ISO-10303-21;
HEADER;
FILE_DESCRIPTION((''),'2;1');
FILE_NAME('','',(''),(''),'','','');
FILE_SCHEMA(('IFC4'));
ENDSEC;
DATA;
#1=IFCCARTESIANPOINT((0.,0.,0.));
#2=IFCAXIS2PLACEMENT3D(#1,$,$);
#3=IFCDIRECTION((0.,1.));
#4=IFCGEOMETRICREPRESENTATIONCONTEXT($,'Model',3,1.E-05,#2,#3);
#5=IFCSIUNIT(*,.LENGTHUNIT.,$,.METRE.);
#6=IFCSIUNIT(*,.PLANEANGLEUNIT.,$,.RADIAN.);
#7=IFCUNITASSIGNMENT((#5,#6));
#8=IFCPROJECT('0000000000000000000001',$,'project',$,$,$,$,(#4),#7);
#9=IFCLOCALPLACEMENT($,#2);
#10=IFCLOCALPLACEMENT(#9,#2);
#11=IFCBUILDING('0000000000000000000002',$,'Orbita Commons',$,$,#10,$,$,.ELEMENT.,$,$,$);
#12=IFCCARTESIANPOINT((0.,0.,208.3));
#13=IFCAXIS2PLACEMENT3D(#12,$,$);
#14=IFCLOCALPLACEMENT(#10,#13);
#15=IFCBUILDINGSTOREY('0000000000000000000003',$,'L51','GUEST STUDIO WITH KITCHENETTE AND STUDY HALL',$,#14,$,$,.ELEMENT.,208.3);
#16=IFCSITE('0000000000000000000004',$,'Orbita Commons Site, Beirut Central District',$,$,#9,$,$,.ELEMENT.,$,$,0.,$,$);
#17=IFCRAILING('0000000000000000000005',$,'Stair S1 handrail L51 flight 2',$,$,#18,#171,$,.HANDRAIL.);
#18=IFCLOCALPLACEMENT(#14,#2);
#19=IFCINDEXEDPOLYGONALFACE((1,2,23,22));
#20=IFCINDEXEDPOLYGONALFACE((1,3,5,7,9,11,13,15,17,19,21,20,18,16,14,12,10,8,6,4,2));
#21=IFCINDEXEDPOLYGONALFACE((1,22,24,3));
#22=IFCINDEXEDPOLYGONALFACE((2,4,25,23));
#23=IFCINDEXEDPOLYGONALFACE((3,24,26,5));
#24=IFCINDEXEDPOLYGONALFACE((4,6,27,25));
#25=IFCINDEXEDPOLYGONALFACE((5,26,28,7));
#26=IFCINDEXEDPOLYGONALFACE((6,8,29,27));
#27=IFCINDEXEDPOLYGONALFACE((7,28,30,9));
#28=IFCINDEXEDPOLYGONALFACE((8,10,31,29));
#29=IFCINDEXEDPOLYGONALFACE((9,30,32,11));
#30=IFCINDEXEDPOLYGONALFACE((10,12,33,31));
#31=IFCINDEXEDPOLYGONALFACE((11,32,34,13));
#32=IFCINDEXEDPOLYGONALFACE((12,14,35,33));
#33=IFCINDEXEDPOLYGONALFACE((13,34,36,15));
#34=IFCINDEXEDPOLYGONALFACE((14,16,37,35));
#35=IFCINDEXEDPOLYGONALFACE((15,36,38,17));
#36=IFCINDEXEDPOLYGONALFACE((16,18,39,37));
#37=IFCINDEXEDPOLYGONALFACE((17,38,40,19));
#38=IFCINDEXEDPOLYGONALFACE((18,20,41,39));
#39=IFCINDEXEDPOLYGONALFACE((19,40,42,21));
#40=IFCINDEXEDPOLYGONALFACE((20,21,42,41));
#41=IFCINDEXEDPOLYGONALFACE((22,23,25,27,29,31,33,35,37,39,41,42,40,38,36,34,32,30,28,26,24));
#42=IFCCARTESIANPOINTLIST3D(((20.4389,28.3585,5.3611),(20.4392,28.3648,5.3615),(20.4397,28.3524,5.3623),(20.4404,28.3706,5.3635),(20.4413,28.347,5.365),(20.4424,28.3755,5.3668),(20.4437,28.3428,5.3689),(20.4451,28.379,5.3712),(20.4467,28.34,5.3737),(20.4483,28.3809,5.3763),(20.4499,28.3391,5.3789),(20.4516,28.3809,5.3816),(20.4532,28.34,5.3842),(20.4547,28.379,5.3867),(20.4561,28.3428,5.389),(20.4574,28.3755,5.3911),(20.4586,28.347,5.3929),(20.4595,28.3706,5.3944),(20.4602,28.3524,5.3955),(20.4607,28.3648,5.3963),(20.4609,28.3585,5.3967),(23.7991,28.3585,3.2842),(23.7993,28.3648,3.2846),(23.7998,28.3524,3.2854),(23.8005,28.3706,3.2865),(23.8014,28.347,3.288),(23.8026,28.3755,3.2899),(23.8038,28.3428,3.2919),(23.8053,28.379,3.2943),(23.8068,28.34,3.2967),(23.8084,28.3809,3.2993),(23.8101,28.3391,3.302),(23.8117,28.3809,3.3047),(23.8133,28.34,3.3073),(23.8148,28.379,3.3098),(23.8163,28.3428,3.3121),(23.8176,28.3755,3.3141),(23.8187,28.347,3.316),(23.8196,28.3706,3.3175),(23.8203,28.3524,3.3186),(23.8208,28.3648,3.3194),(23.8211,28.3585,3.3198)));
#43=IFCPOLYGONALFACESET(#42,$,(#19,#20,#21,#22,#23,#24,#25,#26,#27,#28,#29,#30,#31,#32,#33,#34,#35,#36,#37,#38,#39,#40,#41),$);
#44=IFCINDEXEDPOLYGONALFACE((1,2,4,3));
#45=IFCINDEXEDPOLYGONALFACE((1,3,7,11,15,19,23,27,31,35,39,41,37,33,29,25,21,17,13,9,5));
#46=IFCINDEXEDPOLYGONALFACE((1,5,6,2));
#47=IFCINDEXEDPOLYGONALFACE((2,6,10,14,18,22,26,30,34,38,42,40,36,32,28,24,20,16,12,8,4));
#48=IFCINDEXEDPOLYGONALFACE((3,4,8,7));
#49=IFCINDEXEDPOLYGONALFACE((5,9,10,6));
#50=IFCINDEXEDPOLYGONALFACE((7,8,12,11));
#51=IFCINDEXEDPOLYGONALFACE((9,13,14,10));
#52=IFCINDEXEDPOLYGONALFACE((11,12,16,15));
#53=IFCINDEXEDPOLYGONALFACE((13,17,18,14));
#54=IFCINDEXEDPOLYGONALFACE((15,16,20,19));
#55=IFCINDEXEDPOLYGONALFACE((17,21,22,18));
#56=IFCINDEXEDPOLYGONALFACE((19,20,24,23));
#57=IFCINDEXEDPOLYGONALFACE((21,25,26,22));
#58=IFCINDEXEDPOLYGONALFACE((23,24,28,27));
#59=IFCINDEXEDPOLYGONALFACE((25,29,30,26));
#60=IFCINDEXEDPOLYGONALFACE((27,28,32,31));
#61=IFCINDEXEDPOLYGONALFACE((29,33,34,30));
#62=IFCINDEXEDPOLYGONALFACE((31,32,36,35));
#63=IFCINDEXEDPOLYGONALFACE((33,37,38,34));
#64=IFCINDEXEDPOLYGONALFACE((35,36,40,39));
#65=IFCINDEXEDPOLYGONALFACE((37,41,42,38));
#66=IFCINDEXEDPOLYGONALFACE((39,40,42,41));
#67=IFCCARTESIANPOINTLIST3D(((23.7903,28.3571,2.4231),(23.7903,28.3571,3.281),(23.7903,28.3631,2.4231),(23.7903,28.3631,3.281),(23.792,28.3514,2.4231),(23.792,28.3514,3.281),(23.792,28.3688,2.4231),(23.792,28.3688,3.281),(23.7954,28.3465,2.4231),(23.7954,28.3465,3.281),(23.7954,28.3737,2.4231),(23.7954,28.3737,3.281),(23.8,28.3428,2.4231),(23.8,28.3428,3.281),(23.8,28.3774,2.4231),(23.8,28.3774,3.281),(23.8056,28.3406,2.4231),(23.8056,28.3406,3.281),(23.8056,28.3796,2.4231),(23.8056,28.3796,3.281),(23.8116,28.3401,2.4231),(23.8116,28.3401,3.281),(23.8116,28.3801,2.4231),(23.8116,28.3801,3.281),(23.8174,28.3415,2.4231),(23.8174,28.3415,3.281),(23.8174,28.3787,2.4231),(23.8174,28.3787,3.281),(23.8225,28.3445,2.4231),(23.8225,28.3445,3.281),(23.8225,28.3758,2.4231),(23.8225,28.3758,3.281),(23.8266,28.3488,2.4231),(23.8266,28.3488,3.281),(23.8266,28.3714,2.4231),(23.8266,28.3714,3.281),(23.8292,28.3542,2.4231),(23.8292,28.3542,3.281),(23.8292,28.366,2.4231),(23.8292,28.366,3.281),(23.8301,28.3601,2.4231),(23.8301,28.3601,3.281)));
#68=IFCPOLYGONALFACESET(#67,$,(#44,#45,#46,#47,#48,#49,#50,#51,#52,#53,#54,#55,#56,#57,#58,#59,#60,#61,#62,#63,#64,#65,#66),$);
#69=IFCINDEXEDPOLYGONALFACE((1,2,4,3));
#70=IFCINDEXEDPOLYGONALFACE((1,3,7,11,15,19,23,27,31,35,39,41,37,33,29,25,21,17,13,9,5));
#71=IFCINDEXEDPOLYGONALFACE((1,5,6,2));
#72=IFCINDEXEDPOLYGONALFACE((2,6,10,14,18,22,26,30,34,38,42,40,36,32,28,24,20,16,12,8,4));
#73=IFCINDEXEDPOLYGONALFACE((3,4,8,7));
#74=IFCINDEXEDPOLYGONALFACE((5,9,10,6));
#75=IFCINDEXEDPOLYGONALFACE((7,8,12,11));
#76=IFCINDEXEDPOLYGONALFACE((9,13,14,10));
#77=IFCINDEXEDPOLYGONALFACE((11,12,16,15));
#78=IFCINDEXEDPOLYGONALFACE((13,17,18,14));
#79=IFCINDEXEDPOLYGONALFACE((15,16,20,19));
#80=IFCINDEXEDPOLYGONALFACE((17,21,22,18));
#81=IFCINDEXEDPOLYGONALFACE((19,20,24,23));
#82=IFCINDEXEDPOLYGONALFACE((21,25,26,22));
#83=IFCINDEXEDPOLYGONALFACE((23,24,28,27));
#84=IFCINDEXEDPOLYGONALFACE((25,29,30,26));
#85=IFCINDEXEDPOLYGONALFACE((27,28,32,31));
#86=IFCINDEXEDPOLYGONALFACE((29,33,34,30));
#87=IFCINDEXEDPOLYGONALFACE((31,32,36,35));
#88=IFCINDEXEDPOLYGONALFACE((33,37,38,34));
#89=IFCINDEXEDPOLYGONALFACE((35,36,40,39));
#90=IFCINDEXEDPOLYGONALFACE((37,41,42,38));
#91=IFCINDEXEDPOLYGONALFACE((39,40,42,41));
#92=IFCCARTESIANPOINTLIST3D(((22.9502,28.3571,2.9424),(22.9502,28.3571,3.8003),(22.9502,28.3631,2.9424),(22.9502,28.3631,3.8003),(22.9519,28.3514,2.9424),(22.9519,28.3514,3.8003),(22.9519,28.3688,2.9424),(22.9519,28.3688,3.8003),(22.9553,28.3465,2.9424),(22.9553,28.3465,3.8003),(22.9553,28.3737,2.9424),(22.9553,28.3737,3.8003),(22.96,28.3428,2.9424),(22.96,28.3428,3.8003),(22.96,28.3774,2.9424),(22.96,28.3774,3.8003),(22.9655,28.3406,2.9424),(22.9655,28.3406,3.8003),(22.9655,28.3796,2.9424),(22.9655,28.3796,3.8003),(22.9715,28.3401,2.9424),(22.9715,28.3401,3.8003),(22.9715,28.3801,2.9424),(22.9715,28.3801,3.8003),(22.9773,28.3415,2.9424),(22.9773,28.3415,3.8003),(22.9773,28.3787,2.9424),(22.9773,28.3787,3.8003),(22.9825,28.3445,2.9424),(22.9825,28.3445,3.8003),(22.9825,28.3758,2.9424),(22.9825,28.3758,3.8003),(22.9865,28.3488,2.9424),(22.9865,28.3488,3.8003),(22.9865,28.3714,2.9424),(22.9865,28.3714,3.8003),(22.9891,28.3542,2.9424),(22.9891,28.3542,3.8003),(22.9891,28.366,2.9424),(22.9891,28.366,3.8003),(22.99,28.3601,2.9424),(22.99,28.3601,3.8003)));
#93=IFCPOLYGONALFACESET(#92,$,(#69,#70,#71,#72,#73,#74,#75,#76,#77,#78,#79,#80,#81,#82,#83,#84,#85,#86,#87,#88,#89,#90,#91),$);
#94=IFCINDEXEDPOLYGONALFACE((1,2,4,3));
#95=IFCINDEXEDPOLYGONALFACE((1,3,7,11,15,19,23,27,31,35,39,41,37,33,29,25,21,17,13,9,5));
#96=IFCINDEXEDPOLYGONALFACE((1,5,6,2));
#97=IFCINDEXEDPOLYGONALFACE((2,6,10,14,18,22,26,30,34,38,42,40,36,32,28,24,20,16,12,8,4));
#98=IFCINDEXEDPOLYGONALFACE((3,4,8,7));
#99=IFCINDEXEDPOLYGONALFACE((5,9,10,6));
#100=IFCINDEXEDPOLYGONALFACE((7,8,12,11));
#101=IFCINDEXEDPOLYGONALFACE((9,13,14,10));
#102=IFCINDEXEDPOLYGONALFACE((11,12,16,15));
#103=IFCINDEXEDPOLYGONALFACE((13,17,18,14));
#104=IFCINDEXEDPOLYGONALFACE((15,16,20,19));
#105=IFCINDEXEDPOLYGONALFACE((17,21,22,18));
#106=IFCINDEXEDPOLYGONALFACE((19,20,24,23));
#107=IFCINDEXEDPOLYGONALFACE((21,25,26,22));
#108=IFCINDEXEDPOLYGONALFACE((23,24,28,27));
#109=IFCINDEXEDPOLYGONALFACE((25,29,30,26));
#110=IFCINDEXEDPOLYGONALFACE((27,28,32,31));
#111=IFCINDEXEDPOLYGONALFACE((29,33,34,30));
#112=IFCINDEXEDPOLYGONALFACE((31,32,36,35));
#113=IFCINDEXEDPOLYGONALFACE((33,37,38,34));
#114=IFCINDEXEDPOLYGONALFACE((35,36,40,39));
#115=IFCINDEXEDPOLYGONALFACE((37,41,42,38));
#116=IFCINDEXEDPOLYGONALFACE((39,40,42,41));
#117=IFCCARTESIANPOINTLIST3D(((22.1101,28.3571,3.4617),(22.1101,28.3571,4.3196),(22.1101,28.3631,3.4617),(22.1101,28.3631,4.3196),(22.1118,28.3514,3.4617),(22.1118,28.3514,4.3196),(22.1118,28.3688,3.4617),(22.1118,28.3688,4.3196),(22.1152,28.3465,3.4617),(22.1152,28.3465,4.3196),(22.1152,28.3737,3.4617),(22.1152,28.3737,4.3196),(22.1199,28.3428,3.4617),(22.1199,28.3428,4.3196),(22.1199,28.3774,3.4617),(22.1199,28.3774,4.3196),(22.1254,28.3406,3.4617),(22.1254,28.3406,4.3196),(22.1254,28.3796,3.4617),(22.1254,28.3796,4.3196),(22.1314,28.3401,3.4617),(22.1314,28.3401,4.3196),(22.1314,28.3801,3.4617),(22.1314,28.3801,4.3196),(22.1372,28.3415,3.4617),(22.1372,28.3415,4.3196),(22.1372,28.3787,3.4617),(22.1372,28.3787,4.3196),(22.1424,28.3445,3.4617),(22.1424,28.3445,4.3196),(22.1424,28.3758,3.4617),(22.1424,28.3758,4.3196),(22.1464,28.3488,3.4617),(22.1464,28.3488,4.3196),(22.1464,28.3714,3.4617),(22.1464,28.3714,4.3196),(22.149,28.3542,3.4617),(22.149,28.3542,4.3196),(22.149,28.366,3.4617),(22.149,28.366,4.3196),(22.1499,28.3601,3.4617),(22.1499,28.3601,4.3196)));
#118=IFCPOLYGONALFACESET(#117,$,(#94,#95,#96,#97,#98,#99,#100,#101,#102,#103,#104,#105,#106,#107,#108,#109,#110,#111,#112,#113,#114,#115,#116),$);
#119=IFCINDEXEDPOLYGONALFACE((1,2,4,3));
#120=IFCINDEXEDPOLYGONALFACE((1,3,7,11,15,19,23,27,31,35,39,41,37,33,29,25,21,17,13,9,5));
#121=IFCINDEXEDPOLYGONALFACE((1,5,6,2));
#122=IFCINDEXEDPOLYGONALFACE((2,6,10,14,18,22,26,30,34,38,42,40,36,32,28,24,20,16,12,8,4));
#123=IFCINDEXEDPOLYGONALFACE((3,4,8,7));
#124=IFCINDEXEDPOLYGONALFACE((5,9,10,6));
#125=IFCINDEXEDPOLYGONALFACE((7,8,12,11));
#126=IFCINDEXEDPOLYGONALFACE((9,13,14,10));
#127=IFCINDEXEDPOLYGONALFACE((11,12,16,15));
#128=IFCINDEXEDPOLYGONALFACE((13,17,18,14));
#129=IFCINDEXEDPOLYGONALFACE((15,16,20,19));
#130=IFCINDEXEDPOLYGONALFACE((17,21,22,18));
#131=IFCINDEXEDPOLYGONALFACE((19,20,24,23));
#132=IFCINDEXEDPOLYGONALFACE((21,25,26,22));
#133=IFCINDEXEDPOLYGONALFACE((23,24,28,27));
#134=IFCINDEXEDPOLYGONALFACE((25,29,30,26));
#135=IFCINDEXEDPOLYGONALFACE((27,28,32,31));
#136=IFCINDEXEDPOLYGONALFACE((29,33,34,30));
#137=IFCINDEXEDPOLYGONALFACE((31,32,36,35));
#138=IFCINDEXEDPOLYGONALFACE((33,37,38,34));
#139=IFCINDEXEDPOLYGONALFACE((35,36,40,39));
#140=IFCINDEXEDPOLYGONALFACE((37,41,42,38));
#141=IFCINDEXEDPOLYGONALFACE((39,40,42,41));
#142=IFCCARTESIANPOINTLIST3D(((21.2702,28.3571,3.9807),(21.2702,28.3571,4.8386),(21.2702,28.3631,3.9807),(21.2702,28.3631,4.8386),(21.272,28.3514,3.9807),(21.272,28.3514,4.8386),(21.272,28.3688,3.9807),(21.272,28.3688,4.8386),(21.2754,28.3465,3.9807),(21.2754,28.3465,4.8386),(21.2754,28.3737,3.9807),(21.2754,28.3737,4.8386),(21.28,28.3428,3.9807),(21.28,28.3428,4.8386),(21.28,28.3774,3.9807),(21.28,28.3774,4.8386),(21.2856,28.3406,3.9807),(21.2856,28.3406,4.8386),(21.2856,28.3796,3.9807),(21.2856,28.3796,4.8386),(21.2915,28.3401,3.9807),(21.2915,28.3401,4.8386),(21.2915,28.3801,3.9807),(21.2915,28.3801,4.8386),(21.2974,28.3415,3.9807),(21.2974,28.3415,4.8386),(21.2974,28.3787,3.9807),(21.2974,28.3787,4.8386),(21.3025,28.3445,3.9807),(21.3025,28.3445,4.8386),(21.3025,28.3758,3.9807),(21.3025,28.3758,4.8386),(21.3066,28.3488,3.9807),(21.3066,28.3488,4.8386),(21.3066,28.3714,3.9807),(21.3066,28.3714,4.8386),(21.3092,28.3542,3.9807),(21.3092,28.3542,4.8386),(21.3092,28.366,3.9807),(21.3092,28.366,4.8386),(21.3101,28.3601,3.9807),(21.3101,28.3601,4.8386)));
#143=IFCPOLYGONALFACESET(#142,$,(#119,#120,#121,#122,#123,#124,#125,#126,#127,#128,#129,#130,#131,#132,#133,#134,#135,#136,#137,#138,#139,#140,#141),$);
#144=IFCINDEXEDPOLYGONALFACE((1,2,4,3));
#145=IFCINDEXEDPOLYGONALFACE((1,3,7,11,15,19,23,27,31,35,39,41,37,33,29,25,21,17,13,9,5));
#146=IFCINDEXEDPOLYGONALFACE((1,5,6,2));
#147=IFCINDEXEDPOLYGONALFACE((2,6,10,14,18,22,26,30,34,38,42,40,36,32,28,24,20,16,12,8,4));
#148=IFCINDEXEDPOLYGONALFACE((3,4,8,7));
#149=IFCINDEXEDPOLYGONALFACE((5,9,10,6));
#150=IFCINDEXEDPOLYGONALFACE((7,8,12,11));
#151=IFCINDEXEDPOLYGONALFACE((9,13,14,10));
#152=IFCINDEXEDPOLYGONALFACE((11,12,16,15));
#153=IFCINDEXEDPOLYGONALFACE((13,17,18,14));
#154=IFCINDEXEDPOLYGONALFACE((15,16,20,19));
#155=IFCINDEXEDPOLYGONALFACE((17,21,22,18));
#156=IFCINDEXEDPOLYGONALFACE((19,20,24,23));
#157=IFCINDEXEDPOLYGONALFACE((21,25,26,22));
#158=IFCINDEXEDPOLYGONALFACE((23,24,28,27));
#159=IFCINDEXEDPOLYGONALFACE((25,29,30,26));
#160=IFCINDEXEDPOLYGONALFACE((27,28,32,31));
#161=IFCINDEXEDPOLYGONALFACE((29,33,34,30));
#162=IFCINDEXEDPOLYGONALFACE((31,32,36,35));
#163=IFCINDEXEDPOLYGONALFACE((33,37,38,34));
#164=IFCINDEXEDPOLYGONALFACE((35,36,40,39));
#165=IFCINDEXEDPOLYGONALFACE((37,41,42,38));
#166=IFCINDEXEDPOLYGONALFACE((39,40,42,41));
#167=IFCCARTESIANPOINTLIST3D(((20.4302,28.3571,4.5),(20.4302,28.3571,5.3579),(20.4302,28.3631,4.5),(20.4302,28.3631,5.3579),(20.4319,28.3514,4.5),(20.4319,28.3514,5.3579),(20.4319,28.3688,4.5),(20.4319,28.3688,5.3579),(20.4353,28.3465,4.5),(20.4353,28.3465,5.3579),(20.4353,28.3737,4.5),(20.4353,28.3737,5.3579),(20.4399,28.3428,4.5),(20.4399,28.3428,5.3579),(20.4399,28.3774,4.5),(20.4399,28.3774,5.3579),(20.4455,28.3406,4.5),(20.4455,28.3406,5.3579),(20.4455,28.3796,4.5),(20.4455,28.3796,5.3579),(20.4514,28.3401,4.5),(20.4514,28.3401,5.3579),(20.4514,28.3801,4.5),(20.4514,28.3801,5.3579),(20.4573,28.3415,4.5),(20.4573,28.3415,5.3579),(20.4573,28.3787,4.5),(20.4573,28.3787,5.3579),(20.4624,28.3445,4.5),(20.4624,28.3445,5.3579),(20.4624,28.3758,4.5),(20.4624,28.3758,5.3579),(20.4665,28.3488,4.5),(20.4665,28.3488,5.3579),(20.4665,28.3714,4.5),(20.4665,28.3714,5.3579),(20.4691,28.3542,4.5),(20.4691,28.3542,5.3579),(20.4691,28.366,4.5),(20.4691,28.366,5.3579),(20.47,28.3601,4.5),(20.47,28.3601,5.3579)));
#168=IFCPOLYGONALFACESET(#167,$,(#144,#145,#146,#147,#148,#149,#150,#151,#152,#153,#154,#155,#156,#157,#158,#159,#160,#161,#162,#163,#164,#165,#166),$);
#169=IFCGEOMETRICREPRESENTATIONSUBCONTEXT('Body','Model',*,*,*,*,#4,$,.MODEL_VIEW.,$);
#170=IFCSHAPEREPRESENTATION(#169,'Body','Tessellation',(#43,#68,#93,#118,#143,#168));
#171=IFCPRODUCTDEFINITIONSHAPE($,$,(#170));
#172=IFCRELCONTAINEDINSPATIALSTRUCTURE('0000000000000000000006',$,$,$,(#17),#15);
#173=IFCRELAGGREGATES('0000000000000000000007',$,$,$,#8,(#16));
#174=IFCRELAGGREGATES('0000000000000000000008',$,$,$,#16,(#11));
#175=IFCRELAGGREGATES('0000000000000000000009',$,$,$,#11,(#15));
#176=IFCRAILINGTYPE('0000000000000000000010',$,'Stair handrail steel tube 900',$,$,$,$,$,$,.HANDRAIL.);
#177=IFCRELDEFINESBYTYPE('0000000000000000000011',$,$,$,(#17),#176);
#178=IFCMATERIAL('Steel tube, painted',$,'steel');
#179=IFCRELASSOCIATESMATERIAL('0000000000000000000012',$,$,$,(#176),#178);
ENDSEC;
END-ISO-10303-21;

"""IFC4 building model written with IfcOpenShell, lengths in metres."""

from ifc_helpers import new_model, si_unit, direction, frame, origin, origin_2d, place, context, subcontext, project, spatial, circle, extrude, material, type_object, element, save


model = new_model("IFC4")

# Units and contexts
model_context = context("Model", 3, precision=1e-05, world=origin(), true_north=direction((0.0, 1.0)))
body_context = subcontext(model_context, "Body", "Model", "MODEL_VIEW")
ifc_project = project(units=[si_unit("LENGTHUNIT", "METRE"), si_unit("PLANEANGLEUNIT", "RADIAN")], contexts=[model_context])

# Site, building, storey
site_placement = place(None, origin())
site = spatial("IfcSite", under=ifc_project, at=site_placement, Name="Orbita Commons Site, Beirut Central District", CompositionType="ELEMENT", RefElevation=0.0)
building_placement = place(site_placement, origin())
building = spatial("IfcBuilding", under=site, at=building_placement, Name="Orbita Commons", CompositionType="ELEMENT")
storey_placement = place(building_placement, frame((0.0, 0.0, 208.3)))
storey = spatial("IfcBuildingStorey", under=building, at=storey_placement, Name="L51", Description="GUEST STUDIO WITH KITCHENETTE AND STUDY HALL", CompositionType="ELEMENT", Elevation=208.3)

# Railing
ifc_material_1 = material(Name="Steel tube, painted", Category="steel")
railing_type = type_object("IfcRailingType", Name="Stair handrail steel tube 900", PredefinedType="HANDRAIL", material=ifc_material_1)
for number, where, name in (
    (1, (23.8101, 28.3601, 2.4231), "Stair S1 handrail L51 flight 2"),
):
    element("IfcRailing", number, at=place(storey_placement, frame(where)), inside=storey, type_object=railing_type, Name=name, PredefinedType="HANDRAIL", context=body_context, shape_type="SweptSolid", body=[
        extrude(circle(Radius=0.021, at=origin_2d()), frame((0.0, 0.0, 0.8789), z_axis=(-0.850623, 0.0, 0.525776), x_axis=(0.0, -1.0, 0.0)), (0.0, 0.0, 1.0), 3.9502),
        extrude(circle(Radius=0.02, at=origin_2d()), origin(), (0.0, 0.0, 1.0), 0.8579),
        extrude(circle(Radius=0.02, at=origin_2d()), frame((-0.8401, 0.0, 0.5193)), (0.0, 0.0, 1.0), 0.8579),
        extrude(circle(Radius=0.02, at=origin_2d()), frame((-1.6802, 0.0, 1.0386)), (0.0, 0.0, 1.0), 0.8579),
        extrude(circle(Radius=0.02, at=origin_2d()), frame((-2.52, 0.0, 1.5576)), (0.0, 0.0, 1.0), 0.8579),
        extrude(circle(Radius=0.02, at=origin_2d()), frame((-3.3601, 0.0, 2.0769)), (0.0, 0.0, 1.0), 0.8579),
    ])

save(model, "model.ifc")
